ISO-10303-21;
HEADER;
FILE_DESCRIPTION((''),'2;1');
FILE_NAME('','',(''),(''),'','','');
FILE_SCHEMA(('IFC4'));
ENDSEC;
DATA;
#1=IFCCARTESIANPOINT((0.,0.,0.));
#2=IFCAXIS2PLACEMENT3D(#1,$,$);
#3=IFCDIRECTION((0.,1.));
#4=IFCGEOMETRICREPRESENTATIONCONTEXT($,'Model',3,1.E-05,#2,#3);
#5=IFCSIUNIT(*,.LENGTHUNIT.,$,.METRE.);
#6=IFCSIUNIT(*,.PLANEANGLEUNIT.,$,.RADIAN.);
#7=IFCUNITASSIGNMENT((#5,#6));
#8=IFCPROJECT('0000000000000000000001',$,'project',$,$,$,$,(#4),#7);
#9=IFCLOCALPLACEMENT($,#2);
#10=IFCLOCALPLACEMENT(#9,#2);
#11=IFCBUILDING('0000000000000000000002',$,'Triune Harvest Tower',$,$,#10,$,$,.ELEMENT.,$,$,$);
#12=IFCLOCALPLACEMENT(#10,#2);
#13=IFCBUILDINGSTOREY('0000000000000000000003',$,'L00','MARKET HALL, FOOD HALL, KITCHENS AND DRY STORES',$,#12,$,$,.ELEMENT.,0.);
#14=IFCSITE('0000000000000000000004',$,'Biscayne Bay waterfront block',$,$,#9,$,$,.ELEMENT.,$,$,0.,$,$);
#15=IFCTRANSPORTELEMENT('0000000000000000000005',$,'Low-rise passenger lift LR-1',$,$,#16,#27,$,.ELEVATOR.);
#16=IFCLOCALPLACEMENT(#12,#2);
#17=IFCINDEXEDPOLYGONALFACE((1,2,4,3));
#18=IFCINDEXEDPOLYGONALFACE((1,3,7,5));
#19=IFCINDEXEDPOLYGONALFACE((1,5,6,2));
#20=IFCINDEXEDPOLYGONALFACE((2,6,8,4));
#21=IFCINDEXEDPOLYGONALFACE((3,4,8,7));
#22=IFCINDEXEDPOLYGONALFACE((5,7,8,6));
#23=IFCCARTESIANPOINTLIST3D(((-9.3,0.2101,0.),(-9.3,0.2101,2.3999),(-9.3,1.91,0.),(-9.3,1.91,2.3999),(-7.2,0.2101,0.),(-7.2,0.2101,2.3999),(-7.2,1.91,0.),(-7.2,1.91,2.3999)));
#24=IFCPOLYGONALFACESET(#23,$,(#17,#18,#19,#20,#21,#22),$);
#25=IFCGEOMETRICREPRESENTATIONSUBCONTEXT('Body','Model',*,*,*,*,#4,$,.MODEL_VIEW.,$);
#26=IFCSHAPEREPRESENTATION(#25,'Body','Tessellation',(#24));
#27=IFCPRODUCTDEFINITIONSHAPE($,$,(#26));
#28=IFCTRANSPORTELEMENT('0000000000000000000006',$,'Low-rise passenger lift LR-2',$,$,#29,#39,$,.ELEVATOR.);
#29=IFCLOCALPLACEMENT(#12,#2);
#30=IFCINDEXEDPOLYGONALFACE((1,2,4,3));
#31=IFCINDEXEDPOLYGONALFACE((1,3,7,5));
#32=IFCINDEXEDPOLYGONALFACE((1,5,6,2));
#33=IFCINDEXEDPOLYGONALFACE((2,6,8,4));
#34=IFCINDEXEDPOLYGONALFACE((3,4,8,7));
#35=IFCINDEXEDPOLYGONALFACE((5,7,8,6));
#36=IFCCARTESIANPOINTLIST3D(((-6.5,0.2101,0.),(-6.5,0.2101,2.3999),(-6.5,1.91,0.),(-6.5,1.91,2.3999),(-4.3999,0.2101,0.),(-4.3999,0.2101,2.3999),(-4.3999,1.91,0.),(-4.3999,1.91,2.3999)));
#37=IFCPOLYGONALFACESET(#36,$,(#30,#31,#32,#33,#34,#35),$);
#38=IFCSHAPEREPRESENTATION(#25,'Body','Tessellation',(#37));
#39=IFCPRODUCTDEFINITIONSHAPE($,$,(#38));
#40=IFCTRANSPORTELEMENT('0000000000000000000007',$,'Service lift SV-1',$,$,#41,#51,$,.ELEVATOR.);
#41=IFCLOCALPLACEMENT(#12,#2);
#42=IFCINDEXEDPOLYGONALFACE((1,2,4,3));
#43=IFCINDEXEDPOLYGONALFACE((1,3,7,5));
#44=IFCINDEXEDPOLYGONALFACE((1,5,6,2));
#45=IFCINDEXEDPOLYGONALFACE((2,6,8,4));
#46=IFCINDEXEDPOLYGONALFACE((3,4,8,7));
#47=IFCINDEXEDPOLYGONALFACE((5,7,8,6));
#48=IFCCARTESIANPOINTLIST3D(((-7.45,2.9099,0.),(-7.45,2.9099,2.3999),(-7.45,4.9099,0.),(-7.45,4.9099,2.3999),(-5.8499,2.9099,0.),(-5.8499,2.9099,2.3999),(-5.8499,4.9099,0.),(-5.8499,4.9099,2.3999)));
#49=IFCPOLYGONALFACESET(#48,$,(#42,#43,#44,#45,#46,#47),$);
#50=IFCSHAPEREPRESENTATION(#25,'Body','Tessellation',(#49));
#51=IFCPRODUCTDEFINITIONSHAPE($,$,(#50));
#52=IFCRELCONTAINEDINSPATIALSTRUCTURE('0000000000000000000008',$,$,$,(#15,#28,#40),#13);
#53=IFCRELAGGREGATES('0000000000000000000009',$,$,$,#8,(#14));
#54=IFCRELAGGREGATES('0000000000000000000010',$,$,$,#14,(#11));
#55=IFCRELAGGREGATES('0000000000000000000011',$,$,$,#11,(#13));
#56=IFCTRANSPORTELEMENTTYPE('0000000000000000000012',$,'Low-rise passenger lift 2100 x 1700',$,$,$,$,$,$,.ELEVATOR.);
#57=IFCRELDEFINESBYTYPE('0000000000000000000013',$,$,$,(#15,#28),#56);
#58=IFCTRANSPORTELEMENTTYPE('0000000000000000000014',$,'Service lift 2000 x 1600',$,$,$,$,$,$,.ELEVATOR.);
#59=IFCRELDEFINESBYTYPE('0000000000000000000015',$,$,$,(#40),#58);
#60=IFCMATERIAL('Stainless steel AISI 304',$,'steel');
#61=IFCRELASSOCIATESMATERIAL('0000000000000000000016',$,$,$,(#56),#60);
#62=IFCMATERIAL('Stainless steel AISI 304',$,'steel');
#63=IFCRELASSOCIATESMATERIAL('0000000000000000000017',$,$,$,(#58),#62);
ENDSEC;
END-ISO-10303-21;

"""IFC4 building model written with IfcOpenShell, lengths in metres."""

from ifc_helpers import new_model, si_unit, direction, frame, origin, origin_2d, place, context, subcontext, project, spatial, rectangle, extrude, source, transform, mapped, material, type_object, element, save


model = new_model("IFC4")

# Units and contexts
model_context = context("Model", 3, precision=1e-05, world=origin(), true_north=direction((0.0, 1.0)))
body_context = subcontext(model_context, "Body", "Model", "MODEL_VIEW")
ifc_project = project(units=[si_unit("LENGTHUNIT", "METRE"), si_unit("PLANEANGLEUNIT", "RADIAN")], contexts=[model_context])

# Site, building, storey
site_placement = place(None, origin())
site = spatial("IfcSite", under=ifc_project, at=site_placement, Name="Biscayne Bay waterfront block", CompositionType="ELEMENT", RefElevation=0.0)
building_placement = place(site_placement, origin())
building = spatial("IfcBuilding", under=site, at=building_placement, Name="Triune Harvest Tower", CompositionType="ELEMENT")
storey_placement = place(building_placement, origin())
storey = spatial("IfcBuildingStorey", under=building, at=storey_placement, Name="L00", Description="MARKET HALL, FOOD HALL, KITCHENS AND DRY STORES", CompositionType="ELEMENT", Elevation=0.0)

# Transport elements
ifc_material_1 = material(Name="Stainless steel AISI 304", Category="steel")
transport_element_type_1 = type_object("IfcTransportElementType", Name="Low-rise passenger lift 2100 x 1700", PredefinedType="ELEVATOR", material=ifc_material_1)
shared_shape_1 = source(origin(), body_context, "Body", "SweptSolid", [
    extrude(rectangle(XDim=2.1001, YDim=1.7, at=origin_2d()), origin(), (0.0, 0.0, 1.0), 2.3999),
])
for number, where, z_axis, x_axis, name in (
    (1, (-8.25, 1.0601, 0.0), (0.0, 0.0, 1.0), (1.0, 0.0, 0.0), "Low-rise passenger lift LR-1"),
    (2, (-5.45, 1.0601, 0.0), (0.0, 0.0, 1.0), (1.0, 0.0, 0.0), "Low-rise passenger lift LR-2"),
):
    element("IfcTransportElement", number, at=place(storey_placement, frame(where, z_axis=z_axis, x_axis=x_axis)), inside=storey, type_object=transport_element_type_1, Name=name, PredefinedType="ELEVATOR", context=body_context, shape_type="MappedRepresentation", body=[
        mapped(shared_shape_1, transform((0.0, 0.0, 0.0), scale=1.0)),
    ])
ifc_material_2 = material(Name="Stainless steel AISI 304", Category="steel")
transport_element_type_2 = type_object("IfcTransportElementType", Name="Service lift 2000 x 1600", PredefinedType="ELEVATOR", material=ifc_material_2)
shared_shape_2 = source(origin(), body_context, "Body", "SweptSolid", [
    extrude(rectangle(XDim=1.6001, YDim=2.0, at=origin_2d()), origin(), (0.0, 0.0, 1.0), 2.3999),
])
transport_element_placement = place(storey_placement, frame((-6.6499, 3.9099, 0.0), z_axis=(0.0, 0.0, 1.0), x_axis=(1.0, 0.0, 0.0)))
element("IfcTransportElement", 3, at=transport_element_placement, inside=storey, type_object=transport_element_type_2, Name="Service lift SV-1", PredefinedType="ELEVATOR", context=body_context, shape_type="MappedRepresentation", body=[
    mapped(shared_shape_2, transform((0.0, 0.0, 0.0), scale=1.0)),
])

save(model, "model.ifc")
